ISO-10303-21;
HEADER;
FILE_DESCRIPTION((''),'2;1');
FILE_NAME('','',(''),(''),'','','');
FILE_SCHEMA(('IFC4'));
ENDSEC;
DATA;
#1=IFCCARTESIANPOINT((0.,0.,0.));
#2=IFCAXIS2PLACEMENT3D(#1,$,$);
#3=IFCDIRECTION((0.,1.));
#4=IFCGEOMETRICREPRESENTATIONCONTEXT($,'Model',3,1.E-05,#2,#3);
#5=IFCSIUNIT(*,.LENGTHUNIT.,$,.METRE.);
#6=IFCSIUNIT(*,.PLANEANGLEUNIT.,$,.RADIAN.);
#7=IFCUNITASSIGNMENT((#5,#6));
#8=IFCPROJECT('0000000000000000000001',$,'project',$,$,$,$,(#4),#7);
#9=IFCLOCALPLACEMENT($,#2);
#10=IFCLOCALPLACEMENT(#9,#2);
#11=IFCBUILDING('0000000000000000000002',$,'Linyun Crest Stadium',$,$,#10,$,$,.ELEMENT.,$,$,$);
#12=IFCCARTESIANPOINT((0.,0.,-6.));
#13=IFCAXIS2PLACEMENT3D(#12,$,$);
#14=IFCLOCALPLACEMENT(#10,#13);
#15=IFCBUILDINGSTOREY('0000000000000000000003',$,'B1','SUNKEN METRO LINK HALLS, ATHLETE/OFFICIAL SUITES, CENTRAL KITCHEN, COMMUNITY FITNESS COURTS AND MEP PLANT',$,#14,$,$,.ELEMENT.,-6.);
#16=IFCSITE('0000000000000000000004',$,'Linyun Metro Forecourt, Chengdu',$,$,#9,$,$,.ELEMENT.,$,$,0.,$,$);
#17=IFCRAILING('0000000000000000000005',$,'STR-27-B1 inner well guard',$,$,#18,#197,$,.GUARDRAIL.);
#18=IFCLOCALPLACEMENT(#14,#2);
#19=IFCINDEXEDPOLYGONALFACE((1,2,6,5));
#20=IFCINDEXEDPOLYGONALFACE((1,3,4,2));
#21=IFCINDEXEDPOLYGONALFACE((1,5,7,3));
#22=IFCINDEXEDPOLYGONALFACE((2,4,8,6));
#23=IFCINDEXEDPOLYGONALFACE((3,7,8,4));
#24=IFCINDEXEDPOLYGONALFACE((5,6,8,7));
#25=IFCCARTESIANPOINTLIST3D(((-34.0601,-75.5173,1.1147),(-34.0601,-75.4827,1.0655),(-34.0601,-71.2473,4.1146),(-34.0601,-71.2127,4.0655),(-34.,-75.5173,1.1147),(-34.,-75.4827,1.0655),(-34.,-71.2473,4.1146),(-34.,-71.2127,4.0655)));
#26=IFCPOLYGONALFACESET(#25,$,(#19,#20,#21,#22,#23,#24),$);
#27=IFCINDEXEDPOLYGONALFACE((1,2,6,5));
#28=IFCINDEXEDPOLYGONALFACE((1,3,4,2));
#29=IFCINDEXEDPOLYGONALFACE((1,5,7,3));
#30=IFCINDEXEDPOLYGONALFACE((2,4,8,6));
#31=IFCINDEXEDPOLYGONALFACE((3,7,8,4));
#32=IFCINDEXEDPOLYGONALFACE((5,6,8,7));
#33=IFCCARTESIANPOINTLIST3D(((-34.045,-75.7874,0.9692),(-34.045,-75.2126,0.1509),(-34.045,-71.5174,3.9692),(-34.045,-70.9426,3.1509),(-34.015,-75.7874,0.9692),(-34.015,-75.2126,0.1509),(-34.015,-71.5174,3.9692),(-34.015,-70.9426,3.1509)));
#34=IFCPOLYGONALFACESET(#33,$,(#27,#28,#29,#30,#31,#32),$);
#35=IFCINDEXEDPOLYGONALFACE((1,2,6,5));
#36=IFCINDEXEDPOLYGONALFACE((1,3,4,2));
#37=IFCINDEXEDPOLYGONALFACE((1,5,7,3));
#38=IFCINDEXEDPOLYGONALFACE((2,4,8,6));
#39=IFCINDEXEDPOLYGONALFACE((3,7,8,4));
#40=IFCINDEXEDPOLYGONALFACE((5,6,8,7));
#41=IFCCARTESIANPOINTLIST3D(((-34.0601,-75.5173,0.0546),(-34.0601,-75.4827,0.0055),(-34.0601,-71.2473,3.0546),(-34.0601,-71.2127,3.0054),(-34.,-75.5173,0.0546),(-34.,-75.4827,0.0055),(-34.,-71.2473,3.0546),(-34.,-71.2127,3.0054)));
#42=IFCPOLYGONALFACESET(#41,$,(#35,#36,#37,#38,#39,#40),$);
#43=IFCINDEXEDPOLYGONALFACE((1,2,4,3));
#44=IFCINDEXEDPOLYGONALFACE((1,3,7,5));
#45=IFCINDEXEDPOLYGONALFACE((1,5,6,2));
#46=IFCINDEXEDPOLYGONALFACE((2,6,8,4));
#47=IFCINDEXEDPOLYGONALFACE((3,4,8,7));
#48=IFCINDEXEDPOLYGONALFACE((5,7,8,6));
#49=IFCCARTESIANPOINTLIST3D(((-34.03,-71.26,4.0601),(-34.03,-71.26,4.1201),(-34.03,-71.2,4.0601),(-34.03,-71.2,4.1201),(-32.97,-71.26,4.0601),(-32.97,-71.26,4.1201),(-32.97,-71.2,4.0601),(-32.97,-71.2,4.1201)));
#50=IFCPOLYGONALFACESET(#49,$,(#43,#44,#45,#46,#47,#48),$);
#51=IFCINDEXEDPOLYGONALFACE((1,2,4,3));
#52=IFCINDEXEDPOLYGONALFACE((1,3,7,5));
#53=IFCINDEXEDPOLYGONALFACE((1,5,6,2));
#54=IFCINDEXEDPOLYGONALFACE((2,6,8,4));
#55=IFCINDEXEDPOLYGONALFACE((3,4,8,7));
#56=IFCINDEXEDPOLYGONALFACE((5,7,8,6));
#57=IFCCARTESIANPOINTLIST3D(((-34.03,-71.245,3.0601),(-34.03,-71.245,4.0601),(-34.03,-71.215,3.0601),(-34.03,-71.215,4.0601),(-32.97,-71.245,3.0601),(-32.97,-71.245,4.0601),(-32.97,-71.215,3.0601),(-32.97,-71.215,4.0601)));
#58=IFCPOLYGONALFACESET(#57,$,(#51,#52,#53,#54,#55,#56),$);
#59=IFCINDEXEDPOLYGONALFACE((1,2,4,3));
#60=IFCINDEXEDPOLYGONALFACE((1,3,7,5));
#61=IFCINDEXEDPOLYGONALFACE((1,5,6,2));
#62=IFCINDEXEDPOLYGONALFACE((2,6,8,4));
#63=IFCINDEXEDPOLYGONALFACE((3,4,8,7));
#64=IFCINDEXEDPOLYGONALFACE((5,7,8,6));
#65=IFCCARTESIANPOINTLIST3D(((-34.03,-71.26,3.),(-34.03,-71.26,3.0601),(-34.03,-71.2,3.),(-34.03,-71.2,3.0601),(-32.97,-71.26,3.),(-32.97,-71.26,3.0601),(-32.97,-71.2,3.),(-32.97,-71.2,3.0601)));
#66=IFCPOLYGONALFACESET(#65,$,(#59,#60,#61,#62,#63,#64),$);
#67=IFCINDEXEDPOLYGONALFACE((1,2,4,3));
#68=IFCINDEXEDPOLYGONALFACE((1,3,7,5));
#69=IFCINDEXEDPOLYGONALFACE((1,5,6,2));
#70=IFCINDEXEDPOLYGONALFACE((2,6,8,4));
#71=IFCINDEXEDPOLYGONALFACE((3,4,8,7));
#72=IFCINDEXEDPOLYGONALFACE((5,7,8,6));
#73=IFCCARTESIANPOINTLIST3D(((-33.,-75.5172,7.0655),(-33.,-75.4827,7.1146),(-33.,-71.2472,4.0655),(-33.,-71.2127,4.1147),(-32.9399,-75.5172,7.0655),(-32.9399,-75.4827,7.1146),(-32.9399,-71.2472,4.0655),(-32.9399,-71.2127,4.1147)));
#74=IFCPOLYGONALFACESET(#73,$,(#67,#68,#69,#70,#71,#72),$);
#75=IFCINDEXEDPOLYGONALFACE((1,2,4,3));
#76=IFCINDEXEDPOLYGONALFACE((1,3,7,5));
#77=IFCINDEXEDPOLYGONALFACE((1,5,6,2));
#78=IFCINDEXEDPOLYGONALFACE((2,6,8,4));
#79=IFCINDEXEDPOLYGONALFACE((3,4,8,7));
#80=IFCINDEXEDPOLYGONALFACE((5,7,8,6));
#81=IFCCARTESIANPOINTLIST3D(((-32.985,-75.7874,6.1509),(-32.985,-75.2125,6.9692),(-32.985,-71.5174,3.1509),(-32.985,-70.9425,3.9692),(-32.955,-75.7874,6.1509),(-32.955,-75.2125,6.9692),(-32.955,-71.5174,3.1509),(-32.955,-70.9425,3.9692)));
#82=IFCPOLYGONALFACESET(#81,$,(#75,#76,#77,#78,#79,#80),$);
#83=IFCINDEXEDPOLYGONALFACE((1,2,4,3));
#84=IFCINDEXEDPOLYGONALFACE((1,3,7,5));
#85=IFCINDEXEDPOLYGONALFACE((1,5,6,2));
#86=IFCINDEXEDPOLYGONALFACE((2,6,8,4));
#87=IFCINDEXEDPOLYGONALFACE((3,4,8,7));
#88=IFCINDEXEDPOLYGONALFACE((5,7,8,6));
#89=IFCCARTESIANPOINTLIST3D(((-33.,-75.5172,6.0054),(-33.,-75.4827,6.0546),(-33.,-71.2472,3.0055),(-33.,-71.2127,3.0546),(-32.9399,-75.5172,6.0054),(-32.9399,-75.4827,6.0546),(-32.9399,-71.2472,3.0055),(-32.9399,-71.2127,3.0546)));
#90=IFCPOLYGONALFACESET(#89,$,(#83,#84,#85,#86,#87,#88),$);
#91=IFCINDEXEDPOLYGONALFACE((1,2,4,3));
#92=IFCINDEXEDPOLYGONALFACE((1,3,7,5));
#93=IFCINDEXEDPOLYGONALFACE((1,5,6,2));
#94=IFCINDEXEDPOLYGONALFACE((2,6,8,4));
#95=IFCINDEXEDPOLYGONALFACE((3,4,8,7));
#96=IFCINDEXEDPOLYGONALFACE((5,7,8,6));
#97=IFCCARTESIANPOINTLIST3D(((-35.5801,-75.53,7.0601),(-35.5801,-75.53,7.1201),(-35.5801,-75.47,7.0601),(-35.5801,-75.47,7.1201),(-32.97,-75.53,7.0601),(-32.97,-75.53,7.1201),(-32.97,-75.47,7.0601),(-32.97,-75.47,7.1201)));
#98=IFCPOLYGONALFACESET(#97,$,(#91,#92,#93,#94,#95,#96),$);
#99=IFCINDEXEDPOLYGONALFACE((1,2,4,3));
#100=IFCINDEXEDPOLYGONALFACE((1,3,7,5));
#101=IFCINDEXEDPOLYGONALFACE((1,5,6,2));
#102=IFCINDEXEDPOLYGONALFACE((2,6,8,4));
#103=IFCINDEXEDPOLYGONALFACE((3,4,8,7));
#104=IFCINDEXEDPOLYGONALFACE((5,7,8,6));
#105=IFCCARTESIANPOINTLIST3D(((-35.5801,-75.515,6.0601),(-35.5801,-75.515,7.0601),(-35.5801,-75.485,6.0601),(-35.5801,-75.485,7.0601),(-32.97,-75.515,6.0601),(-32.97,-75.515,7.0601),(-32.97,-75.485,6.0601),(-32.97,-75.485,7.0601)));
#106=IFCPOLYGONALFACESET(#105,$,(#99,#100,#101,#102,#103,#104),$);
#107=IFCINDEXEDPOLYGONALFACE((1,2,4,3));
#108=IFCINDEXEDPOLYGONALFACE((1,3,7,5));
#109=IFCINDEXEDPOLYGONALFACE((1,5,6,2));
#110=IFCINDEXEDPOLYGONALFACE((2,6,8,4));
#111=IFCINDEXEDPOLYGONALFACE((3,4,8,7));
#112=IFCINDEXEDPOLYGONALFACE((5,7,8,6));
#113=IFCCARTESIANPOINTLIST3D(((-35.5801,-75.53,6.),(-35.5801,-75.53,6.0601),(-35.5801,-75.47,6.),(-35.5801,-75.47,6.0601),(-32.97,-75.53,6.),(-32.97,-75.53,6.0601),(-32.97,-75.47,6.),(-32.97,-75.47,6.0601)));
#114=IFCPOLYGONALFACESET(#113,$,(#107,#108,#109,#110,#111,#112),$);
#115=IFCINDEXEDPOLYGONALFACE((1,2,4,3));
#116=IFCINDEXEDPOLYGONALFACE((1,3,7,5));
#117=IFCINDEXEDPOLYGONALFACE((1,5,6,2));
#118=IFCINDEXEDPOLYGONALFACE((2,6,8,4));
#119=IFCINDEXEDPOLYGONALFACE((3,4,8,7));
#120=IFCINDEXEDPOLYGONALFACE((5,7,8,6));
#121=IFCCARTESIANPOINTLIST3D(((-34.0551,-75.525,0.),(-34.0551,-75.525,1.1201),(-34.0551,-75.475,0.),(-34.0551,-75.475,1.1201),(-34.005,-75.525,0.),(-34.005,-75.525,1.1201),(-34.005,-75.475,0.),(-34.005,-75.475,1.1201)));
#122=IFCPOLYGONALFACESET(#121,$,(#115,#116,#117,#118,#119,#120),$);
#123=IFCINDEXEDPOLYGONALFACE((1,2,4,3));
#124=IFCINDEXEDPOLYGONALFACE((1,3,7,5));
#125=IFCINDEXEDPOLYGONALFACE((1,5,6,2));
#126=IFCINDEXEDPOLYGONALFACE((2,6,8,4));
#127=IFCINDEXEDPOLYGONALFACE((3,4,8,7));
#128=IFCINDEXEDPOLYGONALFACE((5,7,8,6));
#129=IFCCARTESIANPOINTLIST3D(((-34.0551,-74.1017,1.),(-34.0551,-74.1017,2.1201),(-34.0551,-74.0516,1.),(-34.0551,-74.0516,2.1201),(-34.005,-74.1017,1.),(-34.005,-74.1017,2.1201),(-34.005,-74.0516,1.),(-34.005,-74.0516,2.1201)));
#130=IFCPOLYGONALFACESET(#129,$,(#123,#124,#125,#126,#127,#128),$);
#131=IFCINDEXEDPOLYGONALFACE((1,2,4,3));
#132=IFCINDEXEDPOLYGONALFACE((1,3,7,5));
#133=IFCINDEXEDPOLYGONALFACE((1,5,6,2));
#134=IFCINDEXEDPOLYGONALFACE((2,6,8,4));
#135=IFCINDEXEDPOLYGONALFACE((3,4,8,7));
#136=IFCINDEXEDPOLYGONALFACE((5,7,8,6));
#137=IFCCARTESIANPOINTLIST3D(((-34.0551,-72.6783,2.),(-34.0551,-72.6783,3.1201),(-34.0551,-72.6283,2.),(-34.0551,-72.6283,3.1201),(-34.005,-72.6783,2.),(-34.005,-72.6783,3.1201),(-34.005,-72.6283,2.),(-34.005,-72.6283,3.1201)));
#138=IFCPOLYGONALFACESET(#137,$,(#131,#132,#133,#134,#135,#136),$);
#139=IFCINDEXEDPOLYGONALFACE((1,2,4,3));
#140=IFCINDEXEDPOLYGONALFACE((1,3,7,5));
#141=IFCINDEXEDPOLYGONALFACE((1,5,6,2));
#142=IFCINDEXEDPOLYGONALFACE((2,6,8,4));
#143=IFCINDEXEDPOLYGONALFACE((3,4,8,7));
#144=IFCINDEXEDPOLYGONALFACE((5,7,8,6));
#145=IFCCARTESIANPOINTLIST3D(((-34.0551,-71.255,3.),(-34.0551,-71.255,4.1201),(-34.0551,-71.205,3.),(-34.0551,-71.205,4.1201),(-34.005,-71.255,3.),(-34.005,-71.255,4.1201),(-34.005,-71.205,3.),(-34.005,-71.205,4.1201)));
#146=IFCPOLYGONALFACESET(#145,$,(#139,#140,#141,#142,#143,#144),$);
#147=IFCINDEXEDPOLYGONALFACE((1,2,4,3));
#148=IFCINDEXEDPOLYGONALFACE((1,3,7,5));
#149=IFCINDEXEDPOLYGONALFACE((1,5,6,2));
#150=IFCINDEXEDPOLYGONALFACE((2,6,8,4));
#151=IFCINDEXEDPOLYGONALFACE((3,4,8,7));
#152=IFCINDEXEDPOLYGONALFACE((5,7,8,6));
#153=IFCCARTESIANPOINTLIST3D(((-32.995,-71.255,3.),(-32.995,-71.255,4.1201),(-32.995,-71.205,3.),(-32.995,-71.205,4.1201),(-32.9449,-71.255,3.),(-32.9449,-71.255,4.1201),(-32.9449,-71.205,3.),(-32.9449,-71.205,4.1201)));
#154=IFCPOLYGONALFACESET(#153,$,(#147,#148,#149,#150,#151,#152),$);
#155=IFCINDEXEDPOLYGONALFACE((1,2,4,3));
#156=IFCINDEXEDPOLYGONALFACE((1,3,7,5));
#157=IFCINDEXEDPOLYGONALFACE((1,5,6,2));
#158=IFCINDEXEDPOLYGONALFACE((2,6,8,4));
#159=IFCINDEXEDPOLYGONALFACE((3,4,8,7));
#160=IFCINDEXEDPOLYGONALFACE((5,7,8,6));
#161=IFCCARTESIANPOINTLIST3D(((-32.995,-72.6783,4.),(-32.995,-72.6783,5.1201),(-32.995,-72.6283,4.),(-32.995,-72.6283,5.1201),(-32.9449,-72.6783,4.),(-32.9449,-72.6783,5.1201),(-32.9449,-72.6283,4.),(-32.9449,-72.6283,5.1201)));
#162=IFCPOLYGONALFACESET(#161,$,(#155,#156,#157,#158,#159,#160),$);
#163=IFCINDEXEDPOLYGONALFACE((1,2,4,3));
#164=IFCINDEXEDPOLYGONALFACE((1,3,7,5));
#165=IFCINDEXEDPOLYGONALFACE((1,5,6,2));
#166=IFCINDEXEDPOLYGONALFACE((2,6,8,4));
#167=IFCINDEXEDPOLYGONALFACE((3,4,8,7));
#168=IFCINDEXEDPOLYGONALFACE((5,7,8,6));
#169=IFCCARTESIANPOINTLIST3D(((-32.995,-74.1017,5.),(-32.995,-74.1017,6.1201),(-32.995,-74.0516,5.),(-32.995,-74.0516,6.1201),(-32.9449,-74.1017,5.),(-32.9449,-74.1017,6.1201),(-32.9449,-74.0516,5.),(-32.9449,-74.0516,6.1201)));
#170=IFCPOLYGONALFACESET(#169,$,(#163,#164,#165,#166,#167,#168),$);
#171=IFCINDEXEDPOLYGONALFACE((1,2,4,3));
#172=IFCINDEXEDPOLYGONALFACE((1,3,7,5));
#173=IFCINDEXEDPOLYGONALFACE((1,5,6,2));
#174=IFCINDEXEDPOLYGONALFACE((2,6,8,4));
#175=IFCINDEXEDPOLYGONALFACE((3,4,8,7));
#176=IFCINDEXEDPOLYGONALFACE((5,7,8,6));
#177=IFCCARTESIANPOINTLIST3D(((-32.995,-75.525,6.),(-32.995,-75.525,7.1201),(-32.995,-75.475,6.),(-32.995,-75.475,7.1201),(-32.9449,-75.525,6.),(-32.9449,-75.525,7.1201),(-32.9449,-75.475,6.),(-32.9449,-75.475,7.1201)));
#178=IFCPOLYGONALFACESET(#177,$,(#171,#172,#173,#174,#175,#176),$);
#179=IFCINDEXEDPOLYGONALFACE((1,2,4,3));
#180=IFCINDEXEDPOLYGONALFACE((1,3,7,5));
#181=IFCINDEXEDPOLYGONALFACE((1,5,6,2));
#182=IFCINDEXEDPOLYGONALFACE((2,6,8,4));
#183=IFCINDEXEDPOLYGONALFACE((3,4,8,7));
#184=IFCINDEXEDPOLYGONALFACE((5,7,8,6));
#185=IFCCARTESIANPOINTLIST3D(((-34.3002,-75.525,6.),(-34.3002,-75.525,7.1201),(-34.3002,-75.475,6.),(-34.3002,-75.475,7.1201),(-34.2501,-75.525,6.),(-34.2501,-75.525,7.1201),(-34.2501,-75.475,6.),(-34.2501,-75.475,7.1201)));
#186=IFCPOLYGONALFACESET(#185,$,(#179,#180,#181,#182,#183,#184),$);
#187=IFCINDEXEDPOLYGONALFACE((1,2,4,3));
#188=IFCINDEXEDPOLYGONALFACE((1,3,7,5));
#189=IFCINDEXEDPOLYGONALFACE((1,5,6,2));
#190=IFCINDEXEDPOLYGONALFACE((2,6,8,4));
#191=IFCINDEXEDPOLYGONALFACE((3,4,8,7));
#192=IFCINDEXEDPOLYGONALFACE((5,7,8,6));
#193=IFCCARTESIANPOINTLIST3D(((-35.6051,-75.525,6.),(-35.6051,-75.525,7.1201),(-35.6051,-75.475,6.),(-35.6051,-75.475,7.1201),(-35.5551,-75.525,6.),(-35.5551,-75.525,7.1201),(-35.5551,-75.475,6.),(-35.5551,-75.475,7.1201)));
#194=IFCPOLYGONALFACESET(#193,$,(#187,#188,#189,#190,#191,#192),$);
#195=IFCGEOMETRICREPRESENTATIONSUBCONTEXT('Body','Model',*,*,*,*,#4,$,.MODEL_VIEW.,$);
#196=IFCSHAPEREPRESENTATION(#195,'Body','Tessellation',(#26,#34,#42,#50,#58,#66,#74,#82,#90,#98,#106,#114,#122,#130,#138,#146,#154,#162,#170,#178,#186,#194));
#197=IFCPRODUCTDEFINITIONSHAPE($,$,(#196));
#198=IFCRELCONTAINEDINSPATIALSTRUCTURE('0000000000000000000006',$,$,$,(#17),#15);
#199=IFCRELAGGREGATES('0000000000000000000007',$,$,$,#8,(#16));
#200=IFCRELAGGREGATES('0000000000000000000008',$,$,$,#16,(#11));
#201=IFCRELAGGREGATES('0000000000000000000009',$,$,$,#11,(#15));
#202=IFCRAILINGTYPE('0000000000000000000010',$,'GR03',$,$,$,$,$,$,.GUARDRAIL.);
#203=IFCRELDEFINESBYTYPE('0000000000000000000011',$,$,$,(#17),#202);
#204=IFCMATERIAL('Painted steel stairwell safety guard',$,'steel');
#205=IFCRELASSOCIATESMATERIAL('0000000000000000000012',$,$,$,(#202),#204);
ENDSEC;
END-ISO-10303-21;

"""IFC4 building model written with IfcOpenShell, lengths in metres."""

from ifc_helpers import new_model, si_unit, direction, frame, origin, origin_2d, place, context, subcontext, project, spatial, rectangle, extrude, material, type_object, element, save


model = new_model("IFC4")

# Units and contexts
model_context = context("Model", 3, precision=1e-05, world=origin(), true_north=direction((0.0, 1.0)))
body_context = subcontext(model_context, "Body", "Model", "MODEL_VIEW")
ifc_project = project(units=[si_unit("LENGTHUNIT", "METRE"), si_unit("PLANEANGLEUNIT", "RADIAN")], contexts=[model_context])

# Site, building, storey
site_placement = place(None, origin())
site = spatial("IfcSite", under=ifc_project, at=site_placement, Name="Linyun Metro Forecourt, Chengdu", CompositionType="ELEMENT", RefElevation=0.0)
building_placement = place(site_placement, origin())
building = spatial("IfcBuilding", under=site, at=building_placement, Name="Linyun Crest Stadium", CompositionType="ELEMENT")
storey_placement = place(building_placement, frame((0.0, 0.0, -6.0)))
storey = spatial("IfcBuildingStorey", under=building, at=storey_placement, Name="B1", Description="SUNKEN METRO LINK HALLS, ATHLETE/OFFICIAL SUITES, CENTRAL KITCHEN, COMMUNITY FITNESS COURTS AND MEP PLANT", CompositionType="ELEMENT", Elevation=-6.0)

# Railing
ifc_material_1 = material(Name="Painted steel stairwell safety guard", Category="steel")
railing_type_1 = type_object("IfcRailingType", Name="GR03", PredefinedType="GUARDRAIL", material=ifc_material_1)
railing_1_placement = place(storey_placement, frame((-34.03, -75.5, 0.0)))
element("IfcRailing", 1, at=railing_1_placement, inside=storey, type_object=railing_type_1, Name="STR-27-B1 inner well guard", PredefinedType="GUARDRAIL", context=body_context, shape_type="SweptSolid", body=[
    extrude(rectangle(XDim=0.0601, YDim=0.0601, at=origin_2d()), frame((0.0, 0.0, 1.0901), z_axis=(0.0, 0.818242, 0.574874), x_axis=(-1.0, 0.0, 0.0)), (0.0, 0.0, 1.0), 5.2185),
    extrude(rectangle(XDim=0.03, YDim=1.0, at=origin_2d()), frame((0.0, 0.0, 0.5601), z_axis=(0.0, 0.818242, 0.574874), x_axis=(-1.0, 0.0, 0.0)), (0.0, 0.0, 1.0), 5.2185),
    extrude(rectangle(XDim=0.0601, YDim=0.0601, at=origin_2d()), frame((0.0, 0.0, 0.03), z_axis=(0.0, 0.818242, 0.574874), x_axis=(-1.0, 0.0, 0.0)), (0.0, 0.0, 1.0), 5.2185),
    extrude(rectangle(XDim=0.0601, YDim=0.0601, at=origin_2d()), frame((0.0, 4.27, 4.0901), z_axis=(1.0, 0.0, 0.0), x_axis=(0.0, 1.0, 0.0)), (0.0, 0.0, 1.0), 1.0601),
    extrude(rectangle(XDim=0.03, YDim=1.0, at=origin_2d()), frame((0.0, 4.27, 3.5601), z_axis=(1.0, 0.0, 0.0), x_axis=(0.0, 1.0, 0.0)), (0.0, 0.0, 1.0), 1.0601),
    extrude(rectangle(XDim=0.0601, YDim=0.0601, at=origin_2d()), frame((0.0, 4.27, 3.03), z_axis=(1.0, 0.0, 0.0), x_axis=(0.0, 1.0, 0.0)), (0.0, 0.0, 1.0), 1.0601),
    extrude(rectangle(XDim=0.0601, YDim=0.0601, at=origin_2d()), frame((1.0601, 4.27, 4.0901), z_axis=(0.0, -0.818242, 0.574874), x_axis=(1.0, 0.0, 0.0)), (0.0, 0.0, 1.0), 5.2185),
    extrude(rectangle(XDim=0.03, YDim=1.0, at=origin_2d()), frame((1.0601, 4.27, 3.5601), z_axis=(0.0, -0.818242, 0.574874), x_axis=(1.0, 0.0, 0.0)), (0.0, 0.0, 1.0), 5.2185),
    extrude(rectangle(XDim=0.0601, YDim=0.0601, at=origin_2d()), frame((1.0601, 4.27, 3.03), z_axis=(0.0, -0.818242, 0.574874), x_axis=(1.0, 0.0, 0.0)), (0.0, 0.0, 1.0), 5.2185),
    extrude(rectangle(XDim=0.0601, YDim=0.0601, at=origin_2d()), frame((1.0601, 0.0, 7.0901), z_axis=(-1.0, 0.0, 0.0), x_axis=(0.0, -1.0, 0.0)), (0.0, 0.0, 1.0), 2.6101),
    extrude(rectangle(XDim=0.03, YDim=1.0, at=origin_2d()), frame((1.0601, 0.0, 6.5601), z_axis=(-1.0, 0.0, 0.0), x_axis=(0.0, -1.0, 0.0)), (0.0, 0.0, 1.0), 2.6101),
    extrude(rectangle(XDim=0.0601, YDim=0.0601, at=origin_2d()), frame((1.0601, 0.0, 6.03), z_axis=(-1.0, 0.0, 0.0), x_axis=(0.0, -1.0, 0.0)), (0.0, 0.0, 1.0), 2.6101),
    extrude(rectangle(XDim=0.05, YDim=0.05, at=origin_2d()), origin(), (0.0, 0.0, 1.0), 1.1201),
    extrude(rectangle(XDim=0.05, YDim=0.05, at=origin_2d()), frame((0.0, 1.4233, 1.0)), (0.0, 0.0, 1.0), 1.1201),
    extrude(rectangle(XDim=0.05, YDim=0.05, at=origin_2d()), frame((0.0, 2.8467, 2.0)), (0.0, 0.0, 1.0), 1.1201),
    extrude(rectangle(XDim=0.05, YDim=0.05, at=origin_2d()), frame((0.0, 4.27, 3.0)), (0.0, 0.0, 1.0), 1.1201),
    extrude(rectangle(XDim=0.05, YDim=0.05, at=origin_2d()), frame((1.0601, 4.27, 3.0)), (0.0, 0.0, 1.0), 1.1201),
    extrude(rectangle(XDim=0.05, YDim=0.05, at=origin_2d()), frame((1.0601, 2.8467, 4.0)), (0.0, 0.0, 1.0), 1.1201),
    extrude(rectangle(XDim=0.05, YDim=0.05, at=origin_2d()), frame((1.0601, 1.4233, 5.0)), (0.0, 0.0, 1.0), 1.1201),
    extrude(rectangle(XDim=0.05, YDim=0.05, at=origin_2d()), frame((1.0601, 0.0, 6.0)), (0.0, 0.0, 1.0), 1.1201),
    extrude(rectangle(XDim=0.05, YDim=0.05, at=origin_2d()), frame((-0.2451, 0.0, 6.0)), (0.0, 0.0, 1.0), 1.1201),
    extrude(rectangle(XDim=0.05, YDim=0.05, at=origin_2d()), frame((-1.55, 0.0, 6.0)), (0.0, 0.0, 1.0), 1.1201),
])

save(model, "model.ifc")
